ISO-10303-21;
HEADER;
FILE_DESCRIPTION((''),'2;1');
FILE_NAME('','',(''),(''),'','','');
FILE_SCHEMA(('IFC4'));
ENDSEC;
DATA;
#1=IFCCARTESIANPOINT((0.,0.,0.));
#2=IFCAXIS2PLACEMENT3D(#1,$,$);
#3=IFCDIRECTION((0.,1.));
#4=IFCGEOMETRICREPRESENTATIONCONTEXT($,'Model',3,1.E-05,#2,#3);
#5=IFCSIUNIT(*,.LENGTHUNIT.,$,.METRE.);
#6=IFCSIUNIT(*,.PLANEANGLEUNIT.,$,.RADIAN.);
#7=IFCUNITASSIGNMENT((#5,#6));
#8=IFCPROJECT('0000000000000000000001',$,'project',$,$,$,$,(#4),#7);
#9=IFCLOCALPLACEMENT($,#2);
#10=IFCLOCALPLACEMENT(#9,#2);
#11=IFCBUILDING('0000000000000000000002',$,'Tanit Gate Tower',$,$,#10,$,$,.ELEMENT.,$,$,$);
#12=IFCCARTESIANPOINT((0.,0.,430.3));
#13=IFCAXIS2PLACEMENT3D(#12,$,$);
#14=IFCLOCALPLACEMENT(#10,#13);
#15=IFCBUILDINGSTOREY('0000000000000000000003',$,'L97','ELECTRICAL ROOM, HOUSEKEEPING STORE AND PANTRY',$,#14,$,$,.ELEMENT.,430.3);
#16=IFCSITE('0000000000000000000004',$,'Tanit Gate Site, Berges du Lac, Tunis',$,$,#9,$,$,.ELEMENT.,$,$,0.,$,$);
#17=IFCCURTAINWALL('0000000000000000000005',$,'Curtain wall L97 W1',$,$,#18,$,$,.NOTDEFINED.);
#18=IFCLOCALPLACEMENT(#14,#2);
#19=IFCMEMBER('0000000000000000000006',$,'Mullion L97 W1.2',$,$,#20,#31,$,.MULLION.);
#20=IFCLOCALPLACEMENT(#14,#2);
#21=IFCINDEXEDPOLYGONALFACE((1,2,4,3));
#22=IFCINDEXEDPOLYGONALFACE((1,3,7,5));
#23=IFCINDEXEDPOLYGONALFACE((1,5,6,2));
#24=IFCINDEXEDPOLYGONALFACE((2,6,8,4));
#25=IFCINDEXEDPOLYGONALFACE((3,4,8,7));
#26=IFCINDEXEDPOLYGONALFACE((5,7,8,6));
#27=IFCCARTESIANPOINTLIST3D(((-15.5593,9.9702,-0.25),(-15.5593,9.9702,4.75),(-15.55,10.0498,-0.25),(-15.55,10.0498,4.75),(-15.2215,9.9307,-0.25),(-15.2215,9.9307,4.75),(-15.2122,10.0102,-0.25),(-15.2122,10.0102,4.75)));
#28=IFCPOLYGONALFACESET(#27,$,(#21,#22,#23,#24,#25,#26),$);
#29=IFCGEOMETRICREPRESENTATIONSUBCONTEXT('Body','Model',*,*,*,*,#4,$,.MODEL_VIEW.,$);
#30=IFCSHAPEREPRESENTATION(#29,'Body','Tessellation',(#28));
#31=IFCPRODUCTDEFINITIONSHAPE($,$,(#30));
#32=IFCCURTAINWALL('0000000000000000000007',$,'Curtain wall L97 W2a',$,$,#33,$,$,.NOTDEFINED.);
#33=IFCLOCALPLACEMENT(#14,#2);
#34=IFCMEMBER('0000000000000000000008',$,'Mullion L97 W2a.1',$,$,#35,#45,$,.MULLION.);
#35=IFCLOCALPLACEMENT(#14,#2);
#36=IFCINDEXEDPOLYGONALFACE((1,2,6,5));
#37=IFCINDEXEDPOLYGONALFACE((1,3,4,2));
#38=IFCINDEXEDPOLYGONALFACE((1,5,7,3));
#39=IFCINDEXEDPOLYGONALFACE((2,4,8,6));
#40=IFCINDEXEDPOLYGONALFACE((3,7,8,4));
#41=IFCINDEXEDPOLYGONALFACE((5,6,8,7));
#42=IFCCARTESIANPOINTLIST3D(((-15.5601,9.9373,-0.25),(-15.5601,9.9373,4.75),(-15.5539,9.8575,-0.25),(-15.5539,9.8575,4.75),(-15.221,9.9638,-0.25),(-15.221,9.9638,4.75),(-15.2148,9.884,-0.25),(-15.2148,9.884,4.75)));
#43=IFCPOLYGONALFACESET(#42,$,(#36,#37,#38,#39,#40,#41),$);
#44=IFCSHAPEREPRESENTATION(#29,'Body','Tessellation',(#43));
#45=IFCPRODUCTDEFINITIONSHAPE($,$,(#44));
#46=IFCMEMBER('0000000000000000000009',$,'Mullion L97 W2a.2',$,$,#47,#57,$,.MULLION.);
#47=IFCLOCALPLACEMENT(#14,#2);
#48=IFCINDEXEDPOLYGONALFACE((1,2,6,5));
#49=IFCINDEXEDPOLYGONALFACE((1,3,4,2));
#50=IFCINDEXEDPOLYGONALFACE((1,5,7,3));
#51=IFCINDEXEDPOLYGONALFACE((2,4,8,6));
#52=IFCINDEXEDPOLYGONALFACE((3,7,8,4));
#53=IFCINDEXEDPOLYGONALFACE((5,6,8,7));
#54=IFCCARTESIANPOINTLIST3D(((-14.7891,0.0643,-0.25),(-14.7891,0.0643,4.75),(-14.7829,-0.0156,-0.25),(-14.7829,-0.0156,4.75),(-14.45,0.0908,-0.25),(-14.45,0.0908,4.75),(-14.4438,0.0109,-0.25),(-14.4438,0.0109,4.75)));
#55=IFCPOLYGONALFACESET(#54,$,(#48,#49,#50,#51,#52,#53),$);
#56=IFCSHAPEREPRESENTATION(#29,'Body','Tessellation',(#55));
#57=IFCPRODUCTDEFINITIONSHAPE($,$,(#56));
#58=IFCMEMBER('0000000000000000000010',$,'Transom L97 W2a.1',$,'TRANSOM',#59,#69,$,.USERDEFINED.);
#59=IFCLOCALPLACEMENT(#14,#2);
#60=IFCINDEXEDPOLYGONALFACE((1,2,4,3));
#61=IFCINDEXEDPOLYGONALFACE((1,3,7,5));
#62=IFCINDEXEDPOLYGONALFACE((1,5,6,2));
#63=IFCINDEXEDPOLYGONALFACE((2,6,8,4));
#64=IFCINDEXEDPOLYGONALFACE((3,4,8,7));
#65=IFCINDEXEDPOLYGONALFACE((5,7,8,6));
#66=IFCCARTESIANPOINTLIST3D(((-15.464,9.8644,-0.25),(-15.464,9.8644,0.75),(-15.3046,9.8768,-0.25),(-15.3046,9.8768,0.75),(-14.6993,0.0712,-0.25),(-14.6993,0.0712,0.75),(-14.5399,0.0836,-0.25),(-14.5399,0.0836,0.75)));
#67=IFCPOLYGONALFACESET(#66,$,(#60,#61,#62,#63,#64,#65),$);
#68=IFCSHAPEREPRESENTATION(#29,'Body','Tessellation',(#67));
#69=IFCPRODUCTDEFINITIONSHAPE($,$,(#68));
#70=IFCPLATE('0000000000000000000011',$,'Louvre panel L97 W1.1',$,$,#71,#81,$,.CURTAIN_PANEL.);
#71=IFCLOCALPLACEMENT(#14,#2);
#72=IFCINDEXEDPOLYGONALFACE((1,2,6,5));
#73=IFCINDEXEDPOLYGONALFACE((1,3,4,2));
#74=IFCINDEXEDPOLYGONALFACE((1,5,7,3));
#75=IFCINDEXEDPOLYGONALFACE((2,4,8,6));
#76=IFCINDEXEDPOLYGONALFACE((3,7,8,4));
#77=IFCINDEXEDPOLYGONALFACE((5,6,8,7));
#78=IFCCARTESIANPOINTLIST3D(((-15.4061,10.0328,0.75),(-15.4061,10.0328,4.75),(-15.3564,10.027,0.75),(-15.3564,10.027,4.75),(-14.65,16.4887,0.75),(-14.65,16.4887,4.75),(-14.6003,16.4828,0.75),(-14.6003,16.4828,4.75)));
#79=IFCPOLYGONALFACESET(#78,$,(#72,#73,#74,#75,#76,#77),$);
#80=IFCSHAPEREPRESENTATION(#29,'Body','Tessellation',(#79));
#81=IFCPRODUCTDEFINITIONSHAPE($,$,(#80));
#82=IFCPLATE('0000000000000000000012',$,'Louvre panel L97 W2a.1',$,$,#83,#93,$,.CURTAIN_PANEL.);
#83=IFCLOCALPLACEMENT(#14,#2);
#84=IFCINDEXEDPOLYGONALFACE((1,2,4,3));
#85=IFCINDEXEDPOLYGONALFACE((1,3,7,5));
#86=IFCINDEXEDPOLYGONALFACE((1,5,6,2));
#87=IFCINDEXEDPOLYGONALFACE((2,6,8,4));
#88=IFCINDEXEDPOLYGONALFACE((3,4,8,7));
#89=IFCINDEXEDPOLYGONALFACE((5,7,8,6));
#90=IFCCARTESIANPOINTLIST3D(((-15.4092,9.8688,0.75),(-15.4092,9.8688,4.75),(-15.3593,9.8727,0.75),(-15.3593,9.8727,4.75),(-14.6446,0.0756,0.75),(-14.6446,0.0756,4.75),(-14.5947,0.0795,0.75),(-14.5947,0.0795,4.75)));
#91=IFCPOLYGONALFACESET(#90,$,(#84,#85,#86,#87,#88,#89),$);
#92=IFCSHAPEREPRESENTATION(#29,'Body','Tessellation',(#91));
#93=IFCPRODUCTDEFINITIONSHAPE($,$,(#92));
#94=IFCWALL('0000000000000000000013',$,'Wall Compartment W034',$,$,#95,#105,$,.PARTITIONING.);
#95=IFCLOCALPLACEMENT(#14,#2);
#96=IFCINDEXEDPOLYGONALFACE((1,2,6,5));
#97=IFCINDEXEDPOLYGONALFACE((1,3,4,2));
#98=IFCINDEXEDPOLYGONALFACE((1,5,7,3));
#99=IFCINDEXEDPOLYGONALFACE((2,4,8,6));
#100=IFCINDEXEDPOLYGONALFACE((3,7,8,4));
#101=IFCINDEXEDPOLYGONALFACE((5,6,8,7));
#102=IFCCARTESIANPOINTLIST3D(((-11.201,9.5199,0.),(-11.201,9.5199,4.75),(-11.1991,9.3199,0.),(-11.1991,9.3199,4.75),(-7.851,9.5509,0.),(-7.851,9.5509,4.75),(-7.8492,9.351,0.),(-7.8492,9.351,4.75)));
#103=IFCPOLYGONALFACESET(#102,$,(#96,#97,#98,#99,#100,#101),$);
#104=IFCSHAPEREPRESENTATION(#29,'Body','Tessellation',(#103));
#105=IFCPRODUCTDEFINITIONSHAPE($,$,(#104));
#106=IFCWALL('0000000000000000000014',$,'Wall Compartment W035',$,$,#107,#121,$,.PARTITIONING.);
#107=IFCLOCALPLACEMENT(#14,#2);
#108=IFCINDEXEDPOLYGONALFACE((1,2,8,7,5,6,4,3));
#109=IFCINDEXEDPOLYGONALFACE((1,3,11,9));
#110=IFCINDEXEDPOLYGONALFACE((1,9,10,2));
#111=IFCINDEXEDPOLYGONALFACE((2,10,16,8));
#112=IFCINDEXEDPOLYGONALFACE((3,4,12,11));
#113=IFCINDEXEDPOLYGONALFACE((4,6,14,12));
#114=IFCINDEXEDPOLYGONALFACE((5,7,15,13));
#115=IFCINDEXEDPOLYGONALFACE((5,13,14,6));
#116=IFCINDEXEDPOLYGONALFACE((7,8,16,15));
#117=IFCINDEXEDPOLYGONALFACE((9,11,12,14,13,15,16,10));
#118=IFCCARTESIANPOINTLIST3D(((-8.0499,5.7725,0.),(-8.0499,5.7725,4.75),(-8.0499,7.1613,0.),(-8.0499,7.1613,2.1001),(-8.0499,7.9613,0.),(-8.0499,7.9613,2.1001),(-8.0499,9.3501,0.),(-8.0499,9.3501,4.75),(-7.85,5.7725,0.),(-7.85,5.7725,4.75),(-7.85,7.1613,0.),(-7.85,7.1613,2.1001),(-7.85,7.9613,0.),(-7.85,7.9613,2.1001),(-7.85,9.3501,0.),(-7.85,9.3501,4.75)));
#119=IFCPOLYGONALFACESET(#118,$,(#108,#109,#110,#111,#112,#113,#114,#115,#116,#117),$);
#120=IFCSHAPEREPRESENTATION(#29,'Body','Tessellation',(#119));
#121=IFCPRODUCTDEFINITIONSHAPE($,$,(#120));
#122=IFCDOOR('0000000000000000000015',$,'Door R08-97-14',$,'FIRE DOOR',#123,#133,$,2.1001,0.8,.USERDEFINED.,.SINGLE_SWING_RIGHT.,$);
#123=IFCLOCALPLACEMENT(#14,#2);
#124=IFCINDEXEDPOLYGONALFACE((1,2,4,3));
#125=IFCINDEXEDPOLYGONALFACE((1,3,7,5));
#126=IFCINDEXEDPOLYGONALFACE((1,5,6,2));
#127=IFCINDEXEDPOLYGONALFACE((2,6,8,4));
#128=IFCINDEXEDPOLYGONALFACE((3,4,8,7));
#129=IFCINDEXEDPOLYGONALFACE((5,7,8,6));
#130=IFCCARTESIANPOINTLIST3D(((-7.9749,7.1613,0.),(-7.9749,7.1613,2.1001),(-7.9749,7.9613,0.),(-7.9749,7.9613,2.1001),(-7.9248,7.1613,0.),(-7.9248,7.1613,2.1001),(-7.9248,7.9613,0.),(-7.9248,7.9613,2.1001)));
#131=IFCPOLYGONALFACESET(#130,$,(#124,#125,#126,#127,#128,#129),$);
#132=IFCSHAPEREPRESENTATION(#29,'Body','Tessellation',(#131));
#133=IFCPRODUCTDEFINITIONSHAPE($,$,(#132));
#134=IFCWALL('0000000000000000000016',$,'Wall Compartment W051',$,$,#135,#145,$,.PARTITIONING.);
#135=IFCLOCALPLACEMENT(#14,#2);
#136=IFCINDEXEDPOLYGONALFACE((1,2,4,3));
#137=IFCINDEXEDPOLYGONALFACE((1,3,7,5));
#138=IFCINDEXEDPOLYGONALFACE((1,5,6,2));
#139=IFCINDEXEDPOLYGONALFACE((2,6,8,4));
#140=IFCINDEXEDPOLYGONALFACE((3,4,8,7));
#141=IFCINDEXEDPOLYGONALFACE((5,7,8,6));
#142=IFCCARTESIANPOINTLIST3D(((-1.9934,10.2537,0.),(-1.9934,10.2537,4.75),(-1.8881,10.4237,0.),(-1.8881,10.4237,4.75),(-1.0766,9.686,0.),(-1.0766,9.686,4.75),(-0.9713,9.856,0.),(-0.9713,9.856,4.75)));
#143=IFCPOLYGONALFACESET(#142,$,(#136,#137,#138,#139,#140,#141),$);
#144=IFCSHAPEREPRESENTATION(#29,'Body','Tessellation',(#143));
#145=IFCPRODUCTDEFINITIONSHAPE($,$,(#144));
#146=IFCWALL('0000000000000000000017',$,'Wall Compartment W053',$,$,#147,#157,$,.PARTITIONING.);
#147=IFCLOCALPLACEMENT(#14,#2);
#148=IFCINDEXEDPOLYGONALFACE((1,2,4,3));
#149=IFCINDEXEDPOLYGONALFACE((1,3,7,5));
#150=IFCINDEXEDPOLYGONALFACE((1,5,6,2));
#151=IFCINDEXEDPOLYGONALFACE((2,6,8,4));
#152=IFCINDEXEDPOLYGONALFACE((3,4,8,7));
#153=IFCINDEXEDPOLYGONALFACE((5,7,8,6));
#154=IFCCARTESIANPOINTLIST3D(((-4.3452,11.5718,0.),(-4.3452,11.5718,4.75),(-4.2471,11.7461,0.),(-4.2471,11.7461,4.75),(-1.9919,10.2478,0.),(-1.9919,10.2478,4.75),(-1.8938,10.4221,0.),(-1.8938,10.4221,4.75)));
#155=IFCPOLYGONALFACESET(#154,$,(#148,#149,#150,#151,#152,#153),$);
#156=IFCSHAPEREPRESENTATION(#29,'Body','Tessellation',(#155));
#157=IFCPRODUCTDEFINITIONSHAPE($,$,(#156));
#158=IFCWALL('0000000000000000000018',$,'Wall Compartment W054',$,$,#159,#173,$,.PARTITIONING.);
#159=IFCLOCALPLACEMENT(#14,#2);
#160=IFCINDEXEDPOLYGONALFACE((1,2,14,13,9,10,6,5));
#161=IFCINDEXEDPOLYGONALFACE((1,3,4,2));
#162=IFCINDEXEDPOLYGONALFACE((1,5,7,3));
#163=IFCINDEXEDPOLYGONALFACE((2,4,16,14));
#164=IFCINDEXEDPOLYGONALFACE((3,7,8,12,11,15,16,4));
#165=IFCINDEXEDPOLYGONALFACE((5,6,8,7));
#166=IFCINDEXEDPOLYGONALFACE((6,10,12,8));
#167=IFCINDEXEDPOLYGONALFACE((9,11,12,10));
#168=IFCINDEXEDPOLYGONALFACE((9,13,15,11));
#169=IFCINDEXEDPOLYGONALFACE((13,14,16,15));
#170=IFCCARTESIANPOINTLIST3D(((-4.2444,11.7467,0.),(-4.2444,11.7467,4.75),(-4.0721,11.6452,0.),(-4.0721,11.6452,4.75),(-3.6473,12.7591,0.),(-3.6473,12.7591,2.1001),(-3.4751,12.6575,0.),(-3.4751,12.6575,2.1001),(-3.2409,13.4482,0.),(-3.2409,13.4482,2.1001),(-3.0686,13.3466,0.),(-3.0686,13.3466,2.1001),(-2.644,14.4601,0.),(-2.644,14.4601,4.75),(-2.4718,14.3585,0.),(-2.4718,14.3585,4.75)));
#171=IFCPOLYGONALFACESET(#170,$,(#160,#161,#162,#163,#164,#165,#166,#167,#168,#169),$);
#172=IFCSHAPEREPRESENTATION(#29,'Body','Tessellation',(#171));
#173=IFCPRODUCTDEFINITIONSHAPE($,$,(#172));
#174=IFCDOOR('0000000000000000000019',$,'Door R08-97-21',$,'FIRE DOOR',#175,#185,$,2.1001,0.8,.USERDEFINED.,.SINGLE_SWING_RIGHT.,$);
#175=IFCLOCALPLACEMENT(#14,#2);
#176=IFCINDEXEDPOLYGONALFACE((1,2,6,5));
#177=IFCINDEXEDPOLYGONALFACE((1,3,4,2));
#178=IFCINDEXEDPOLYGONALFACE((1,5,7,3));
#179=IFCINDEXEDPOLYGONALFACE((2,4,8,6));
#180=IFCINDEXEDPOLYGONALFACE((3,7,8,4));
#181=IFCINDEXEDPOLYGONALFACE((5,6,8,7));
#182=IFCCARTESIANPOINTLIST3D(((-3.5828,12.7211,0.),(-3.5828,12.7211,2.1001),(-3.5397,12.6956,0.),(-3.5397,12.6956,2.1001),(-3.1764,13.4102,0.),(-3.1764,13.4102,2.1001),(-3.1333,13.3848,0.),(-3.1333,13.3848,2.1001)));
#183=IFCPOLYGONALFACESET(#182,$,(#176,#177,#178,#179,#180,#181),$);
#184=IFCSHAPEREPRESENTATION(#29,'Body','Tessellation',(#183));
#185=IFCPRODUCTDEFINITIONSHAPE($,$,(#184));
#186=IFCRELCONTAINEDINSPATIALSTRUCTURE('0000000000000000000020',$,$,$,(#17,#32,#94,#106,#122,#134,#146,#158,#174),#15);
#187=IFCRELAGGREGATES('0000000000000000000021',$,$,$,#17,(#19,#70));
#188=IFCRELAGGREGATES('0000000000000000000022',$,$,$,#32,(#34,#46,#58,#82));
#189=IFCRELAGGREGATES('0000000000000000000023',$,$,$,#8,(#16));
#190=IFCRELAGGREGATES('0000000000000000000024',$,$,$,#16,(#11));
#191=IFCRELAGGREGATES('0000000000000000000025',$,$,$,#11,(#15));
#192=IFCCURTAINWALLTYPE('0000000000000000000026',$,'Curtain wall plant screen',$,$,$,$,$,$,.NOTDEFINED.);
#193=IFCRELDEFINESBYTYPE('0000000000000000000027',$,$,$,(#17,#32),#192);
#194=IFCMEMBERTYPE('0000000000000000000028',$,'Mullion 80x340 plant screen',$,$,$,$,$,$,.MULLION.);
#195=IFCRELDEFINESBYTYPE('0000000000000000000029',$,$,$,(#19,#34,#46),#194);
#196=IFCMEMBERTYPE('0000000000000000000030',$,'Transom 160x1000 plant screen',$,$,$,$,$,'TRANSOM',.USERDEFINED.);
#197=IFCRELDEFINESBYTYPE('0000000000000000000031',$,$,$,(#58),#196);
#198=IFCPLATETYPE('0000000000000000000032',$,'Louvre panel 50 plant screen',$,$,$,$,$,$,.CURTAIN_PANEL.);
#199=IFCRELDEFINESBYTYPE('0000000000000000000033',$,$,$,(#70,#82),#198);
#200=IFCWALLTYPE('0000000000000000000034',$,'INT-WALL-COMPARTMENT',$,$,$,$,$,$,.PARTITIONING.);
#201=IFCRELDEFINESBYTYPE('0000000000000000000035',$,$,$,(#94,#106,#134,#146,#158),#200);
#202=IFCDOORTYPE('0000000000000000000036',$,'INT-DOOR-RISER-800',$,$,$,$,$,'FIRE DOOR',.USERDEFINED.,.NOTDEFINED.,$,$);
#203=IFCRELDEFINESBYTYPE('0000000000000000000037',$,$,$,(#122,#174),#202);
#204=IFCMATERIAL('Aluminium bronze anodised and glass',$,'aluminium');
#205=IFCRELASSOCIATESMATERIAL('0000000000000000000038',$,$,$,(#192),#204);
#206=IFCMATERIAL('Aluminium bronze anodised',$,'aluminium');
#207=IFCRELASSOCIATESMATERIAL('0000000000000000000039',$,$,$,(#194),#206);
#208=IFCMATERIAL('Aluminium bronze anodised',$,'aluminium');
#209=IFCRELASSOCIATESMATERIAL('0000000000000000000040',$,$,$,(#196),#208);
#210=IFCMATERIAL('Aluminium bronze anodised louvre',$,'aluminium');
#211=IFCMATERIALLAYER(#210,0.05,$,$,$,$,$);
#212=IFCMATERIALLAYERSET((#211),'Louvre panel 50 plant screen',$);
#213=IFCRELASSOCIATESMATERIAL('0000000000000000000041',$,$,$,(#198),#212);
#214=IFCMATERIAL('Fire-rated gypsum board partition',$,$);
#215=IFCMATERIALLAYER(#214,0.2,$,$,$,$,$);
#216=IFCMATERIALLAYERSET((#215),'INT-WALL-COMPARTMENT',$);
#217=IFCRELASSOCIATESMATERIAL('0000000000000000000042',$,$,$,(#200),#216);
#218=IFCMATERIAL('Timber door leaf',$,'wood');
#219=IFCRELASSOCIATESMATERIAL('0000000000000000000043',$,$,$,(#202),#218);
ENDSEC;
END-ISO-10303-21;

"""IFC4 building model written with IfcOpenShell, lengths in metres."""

from ifc_helpers import new_model, si_unit, direction, frame, frame_2d, origin, origin_2d, place, context, subcontext, project, spatial, rectangle, extrude, material, layer, layer_set, material_profile, profile_set, type_object, element, fill, aggregate, save


model = new_model("IFC4")

# Units and contexts
model_context = context("Model", 3, precision=1e-05, world=origin(), true_north=direction((0.0, 1.0)))
body_context = subcontext(model_context, "Body", "Model", "MODEL_VIEW")
ifc_project = project(units=[si_unit("LENGTHUNIT", "METRE"), si_unit("PLANEANGLEUNIT", "RADIAN")], contexts=[model_context])

# Site, building, storey
site_placement = place(None, origin())
site = spatial("IfcSite", under=ifc_project, at=site_placement, Name="Tanit Gate Site, Berges du Lac, Tunis", CompositionType="ELEMENT", RefElevation=0.0)
building_placement = place(site_placement, origin())
building = spatial("IfcBuilding", under=site, at=building_placement, Name="Tanit Gate Tower", CompositionType="ELEMENT")
storey_placement = place(building_placement, frame((0.0, 0.0, 430.3)))
storey = spatial("IfcBuildingStorey", under=building, at=storey_placement, Name="L97", Description="ELECTRICAL ROOM, HOUSEKEEPING STORE AND PANTRY", CompositionType="ELEMENT", Elevation=430.3)

# Curtain wall, member
ifc_material_1 = material(Name="Aluminium bronze anodised and glass", Category="aluminium")
curtain_wall_type = type_object("IfcCurtainWallType", Name="Curtain wall plant screen", PredefinedType="NOTDEFINED", material=ifc_material_1)
curtain_wall_1_placement = place(storey_placement, origin())
curtain_wall_1 = element("IfcCurtainWall", 1, at=curtain_wall_1_placement, inside=storey, type_object=curtain_wall_type, Name="Curtain wall L97 W1", PredefinedType="NOTDEFINED")
ifc_material_2 = material(Name="Aluminium bronze anodised", Category="aluminium")
ifc_material_profile_1 = material_profile(ifc_material_2, rectangle(XDim=0.3401, YDim=0.0801, at=origin_2d()), Name="80x340 bronze mullion")
ifc_profile_set_1 = profile_set([ifc_material_profile_1], Name="Aluminium bronze anodised")
member_type_1 = type_object("IfcMemberType", Name="Mullion 80x340 plant screen", PredefinedType="MULLION", material=ifc_profile_set_1)
member_1_placement = place(storey_placement, frame((-15.3857, 9.9902, -0.25), z_axis=(0.0, 0.0, 1.0), x_axis=(0.993212, -0.116318, 0.0)))
member_1 = element("IfcMember", 2, at=member_1_placement, type_object=member_type_1, Name="Mullion L97 W1.2", PredefinedType="MULLION", context=body_context, shape_type="SweptSolid", body=[
    extrude(rectangle(XDim=0.3401, YDim=0.0801, at=origin_2d()), origin(), (0.0, 0.0, 1.0), 5.0),
])

# Curtain wall, members
curtain_wall_2_placement = place(storey_placement, origin())
curtain_wall_2 = element("IfcCurtainWall", 3, at=curtain_wall_2_placement, inside=storey, type_object=curtain_wall_type, Name="Curtain wall L97 W2a", PredefinedType="NOTDEFINED")
member_2_placement = place(storey_placement, frame((-15.3875, 9.9106, -0.25), z_axis=(0.0, 0.0, 1.0), x_axis=(0.996966, 0.077839, 0.0)))
member_2 = element("IfcMember", 4, at=member_2_placement, type_object=member_type_1, Name="Mullion L97 W2a.1", PredefinedType="MULLION", context=body_context, shape_type="SweptSolid", body=[
    extrude(rectangle(XDim=0.3401, YDim=0.0801, at=origin_2d()), origin(), (0.0, 0.0, 1.0), 5.0),
])
member_3_placement = place(storey_placement, frame((-14.6165, 0.0376, -0.25), z_axis=(0.0, 0.0, 1.0), x_axis=(0.996966, 0.077839, 0.0)))
member_3 = element("IfcMember", 5, at=member_3_placement, type_object=member_type_1, Name="Mullion L97 W2a.2", PredefinedType="MULLION", context=body_context, shape_type="SweptSolid", body=[
    extrude(rectangle(XDim=0.3401, YDim=0.0801, at=origin_2d()), origin(), (0.0, 0.0, 1.0), 5.0),
])
ifc_material_3 = material(Name="Aluminium bronze anodised", Category="aluminium")
ifc_material_profile_2 = material_profile(ifc_material_3, rectangle(XDim=0.1599, YDim=1.0, at=origin_2d()), Name="160x1000 bronze transom")
ifc_profile_set_2 = profile_set([ifc_material_profile_2], Name="Aluminium bronze anodised")
member_type_2 = type_object("IfcMemberType", Name="Transom 160x1000 plant screen", ElementType="TRANSOM", PredefinedType="USERDEFINED", material=ifc_profile_set_2)
member_4_placement = place(storey_placement, frame((-15.3843, 9.8706, 0.25), z_axis=(0.077843, -0.996966, 0.0), x_axis=(0.996966, 0.077843, 0.0)))
member_4 = element("IfcMember", 6, at=member_4_placement, type_object=member_type_2, Name="Transom L97 W2a.1", ObjectType="TRANSOM", PredefinedType="USERDEFINED", context=body_context, shape_type="SweptSolid", body=[
    extrude(rectangle(XDim=0.1599, YDim=1.0, at=origin_2d()), origin(), (0.0, 0.0, 1.0), 9.823),
])

# Plates
ifc_material_4 = material(Name="Aluminium bronze anodised louvre", Category="aluminium")
ifc_layer_1 = layer(ifc_material_4, 0.05)
ifc_layer_set_1 = layer_set([ifc_layer_1], Name="Louvre panel 50 plant screen")
plate_type = type_object("IfcPlateType", Name="Louvre panel 50 plant screen", PredefinedType="CURTAIN_PANEL", material=ifc_layer_set_1)
plate_1_placement = place(storey_placement, frame((-15.0032, 13.2578, 0.75), z_axis=(0.0, 0.0, 1.0), x_axis=(-0.116318, -0.993212, 0.0)))
plate_1 = element("IfcPlate", 7, at=plate_1_placement, type_object=plate_type, Name="Louvre panel L97 W1.1", PredefinedType="CURTAIN_PANEL", context=body_context, shape_type="SweptSolid", body=[
    extrude(rectangle(XDim=6.5, YDim=0.05, at=origin_2d()), origin(), (0.0, 0.0, 1.0), 4.0),
])
aggregate(curtain_wall_1, [member_1, plate_1])
plate_2_placement = place(storey_placement, frame((-15.002, 4.9741, 0.75), z_axis=(0.0, 0.0, 1.0), x_axis=(0.077839, -0.996966, 0.0)))
plate_2 = element("IfcPlate", 8, at=plate_2_placement, type_object=plate_type, Name="Louvre panel L97 W2a.1", PredefinedType="CURTAIN_PANEL", context=body_context, shape_type="SweptSolid", body=[
    extrude(rectangle(XDim=9.823, YDim=0.05, at=origin_2d()), origin(), (0.0, 0.0, 1.0), 4.0),
])
aggregate(curtain_wall_2, [member_2, member_3, member_4, plate_2])

# Wall
ifc_material_5 = material(Name="Fire-rated gypsum board partition")
ifc_layer_2 = layer(ifc_material_5, 0.2)
ifc_layer_set_2 = layer_set([ifc_layer_2], Name="INT-WALL-COMPARTMENT")
wall_type_1 = type_object("IfcWallType", Name="INT-WALL-COMPARTMENT", PredefinedType="PARTITIONING", material=ifc_layer_set_2)
wall_1_placement = place(storey_placement, frame((-7.8501, 9.4509, 0.0), z_axis=(0.0, 0.0, 1.0), x_axis=(-0.999957, -0.009255, 0.0)))
element("IfcWall", 9, at=wall_1_placement, inside=storey, type_object=wall_type_1, Name="Wall Compartment W034", PredefinedType="PARTITIONING", context=body_context, shape_type="SweptSolid", body=[
    extrude(rectangle(XDim=3.3501, YDim=0.2, at=frame_2d((1.675, 0.0))), origin(), (0.0, 0.0, 1.0), 4.75),
])

# Wall, opening, door
wall_2_placement = place(storey_placement, frame((-7.95, 5.7725, 0.0), z_axis=(0.0, 0.0, 1.0), x_axis=(0.0, 1.0, 0.0)))
wall_2 = element("IfcWall", 10, at=wall_2_placement, inside=storey, type_object=wall_type_1, Name="Wall Compartment W035", PredefinedType="PARTITIONING", context=body_context, shape_type="SweptSolid", body=[
    extrude(rectangle(XDim=3.5776, YDim=0.2, at=frame_2d((1.7888, 0.0))), origin(), (0.0, 0.0, 1.0), 4.75),
])
opening_1_placement = place(wall_2_placement, frame((1.3889, 0.0, 0.0)))
opening_1 = element("IfcOpeningElement", 11, at=opening_1_placement, cuts=wall_2, PredefinedType="OPENING", context=body_context, shape_type="SweptSolid", body=[
    extrude(rectangle(XDim=0.8, YDim=2.1001, at=frame_2d((0.3999, 1.05))), frame((0.0, 0.1099, 0.0), z_axis=(0.0, -1.0, 0.0), x_axis=(1.0, 0.0, 0.0)), (0.0, 0.0, 1.0), 0.22),
])
ifc_material_6 = material(Name="Timber door leaf", Category="wood")
door_type_1 = type_object("IfcDoorType", Name="INT-DOOR-RISER-800", ElementType="FIRE DOOR", OperationType="NOTDEFINED", PredefinedType="USERDEFINED", material=ifc_material_6)
door_1_placement = place(opening_1_placement, origin())
door_1 = element("IfcDoor", 12, at=door_1_placement, inside=storey, type_object=door_type_1, Name="Door R08-97-14", ObjectType="FIRE DOOR", OperationType="SINGLE_SWING_RIGHT", OverallHeight=2.1001, OverallWidth=0.8, PredefinedType="USERDEFINED", context=body_context, shape_type="SweptSolid", body=[
    extrude(rectangle(XDim=0.8, YDim=2.1001, at=frame_2d((0.3999, 1.05))), frame((0.0, 0.0249, 0.0), z_axis=(0.0, -1.0, 0.0), x_axis=(1.0, 0.0, 0.0)), (0.0, 0.0, 1.0), 0.05),
])
fill(opening_1, door_1)

# Walls
wall_3_placement = place(storey_placement, frame((-1.9407, 10.3386, 0.0), z_axis=(0.0, 0.0, 1.0), x_axis=(0.850217, -0.526433, 0.0)))
element("IfcWall", 13, at=wall_3_placement, inside=storey, type_object=wall_type_1, Name="Wall Compartment W051", PredefinedType="PARTITIONING", context=body_context, shape_type="SweptSolid", body=[
    extrude(rectangle(XDim=1.0784, YDim=0.2, at=frame_2d((0.5391, 0.0))), origin(), (0.0, 0.0, 1.0), 4.75),
])
wall_4_placement = place(storey_placement, frame((-4.2961, 11.6589, 0.0), z_axis=(0.0, 0.0, 1.0), x_axis=(0.871534, -0.490334, 0.0)))
element("IfcWall", 14, at=wall_4_placement, inside=storey, type_object=wall_type_1, Name="Wall Compartment W053", PredefinedType="PARTITIONING", context=body_context, shape_type="SweptSolid", body=[
    extrude(rectangle(XDim=2.7002, YDim=0.2, at=frame_2d((1.3501, 0.0))), origin(), (0.0, 0.0, 1.0), 4.75),
])

# Wall, opening, door
wall_5_placement = place(storey_placement, frame((-2.5579, 14.4094, 0.0), z_axis=(0.0, 0.0, 1.0), x_axis=(-0.508019, -0.861346, 0.0)))
wall_5 = element("IfcWall", 15, at=wall_5_placement, inside=storey, type_object=wall_type_1, Name="Wall Compartment W054", PredefinedType="PARTITIONING", context=body_context, shape_type="SweptSolid", body=[
    extrude(rectangle(XDim=3.1501, YDim=0.2, at=frame_2d((1.5752, 0.0))), origin(), (0.0, 0.0, 1.0), 4.75),
])
opening_2_placement = place(wall_5_placement, frame((1.175, 0.0, 0.0)))
opening_2 = element("IfcOpeningElement", 16, at=opening_2_placement, cuts=wall_5, PredefinedType="OPENING", context=body_context, shape_type="SweptSolid", body=[
    extrude(rectangle(XDim=0.8, YDim=2.1001, at=frame_2d((0.3999, 1.05))), frame((0.0, 0.1099, 0.0), z_axis=(0.0, -1.0, 0.0), x_axis=(1.0, 0.0, 0.0)), (0.0, 0.0, 1.0), 0.22),
])
door_2_placement = place(opening_2_placement, origin())
door_2 = element("IfcDoor", 17, at=door_2_placement, inside=storey, type_object=door_type_1, Name="Door R08-97-21", ObjectType="FIRE DOOR", OperationType="SINGLE_SWING_RIGHT", OverallHeight=2.1001, OverallWidth=0.8, PredefinedType="USERDEFINED", context=body_context, shape_type="SweptSolid", body=[
    extrude(rectangle(XDim=0.8, YDim=2.1001, at=frame_2d((0.3999, 1.05))), frame((0.0, 0.0249, 0.0), z_axis=(0.0, -1.0, 0.0), x_axis=(1.0, 0.0, 0.0)), (0.0, 0.0, 1.0), 0.05),
])
fill(opening_2, door_2)

save(model, "model.ifc")
